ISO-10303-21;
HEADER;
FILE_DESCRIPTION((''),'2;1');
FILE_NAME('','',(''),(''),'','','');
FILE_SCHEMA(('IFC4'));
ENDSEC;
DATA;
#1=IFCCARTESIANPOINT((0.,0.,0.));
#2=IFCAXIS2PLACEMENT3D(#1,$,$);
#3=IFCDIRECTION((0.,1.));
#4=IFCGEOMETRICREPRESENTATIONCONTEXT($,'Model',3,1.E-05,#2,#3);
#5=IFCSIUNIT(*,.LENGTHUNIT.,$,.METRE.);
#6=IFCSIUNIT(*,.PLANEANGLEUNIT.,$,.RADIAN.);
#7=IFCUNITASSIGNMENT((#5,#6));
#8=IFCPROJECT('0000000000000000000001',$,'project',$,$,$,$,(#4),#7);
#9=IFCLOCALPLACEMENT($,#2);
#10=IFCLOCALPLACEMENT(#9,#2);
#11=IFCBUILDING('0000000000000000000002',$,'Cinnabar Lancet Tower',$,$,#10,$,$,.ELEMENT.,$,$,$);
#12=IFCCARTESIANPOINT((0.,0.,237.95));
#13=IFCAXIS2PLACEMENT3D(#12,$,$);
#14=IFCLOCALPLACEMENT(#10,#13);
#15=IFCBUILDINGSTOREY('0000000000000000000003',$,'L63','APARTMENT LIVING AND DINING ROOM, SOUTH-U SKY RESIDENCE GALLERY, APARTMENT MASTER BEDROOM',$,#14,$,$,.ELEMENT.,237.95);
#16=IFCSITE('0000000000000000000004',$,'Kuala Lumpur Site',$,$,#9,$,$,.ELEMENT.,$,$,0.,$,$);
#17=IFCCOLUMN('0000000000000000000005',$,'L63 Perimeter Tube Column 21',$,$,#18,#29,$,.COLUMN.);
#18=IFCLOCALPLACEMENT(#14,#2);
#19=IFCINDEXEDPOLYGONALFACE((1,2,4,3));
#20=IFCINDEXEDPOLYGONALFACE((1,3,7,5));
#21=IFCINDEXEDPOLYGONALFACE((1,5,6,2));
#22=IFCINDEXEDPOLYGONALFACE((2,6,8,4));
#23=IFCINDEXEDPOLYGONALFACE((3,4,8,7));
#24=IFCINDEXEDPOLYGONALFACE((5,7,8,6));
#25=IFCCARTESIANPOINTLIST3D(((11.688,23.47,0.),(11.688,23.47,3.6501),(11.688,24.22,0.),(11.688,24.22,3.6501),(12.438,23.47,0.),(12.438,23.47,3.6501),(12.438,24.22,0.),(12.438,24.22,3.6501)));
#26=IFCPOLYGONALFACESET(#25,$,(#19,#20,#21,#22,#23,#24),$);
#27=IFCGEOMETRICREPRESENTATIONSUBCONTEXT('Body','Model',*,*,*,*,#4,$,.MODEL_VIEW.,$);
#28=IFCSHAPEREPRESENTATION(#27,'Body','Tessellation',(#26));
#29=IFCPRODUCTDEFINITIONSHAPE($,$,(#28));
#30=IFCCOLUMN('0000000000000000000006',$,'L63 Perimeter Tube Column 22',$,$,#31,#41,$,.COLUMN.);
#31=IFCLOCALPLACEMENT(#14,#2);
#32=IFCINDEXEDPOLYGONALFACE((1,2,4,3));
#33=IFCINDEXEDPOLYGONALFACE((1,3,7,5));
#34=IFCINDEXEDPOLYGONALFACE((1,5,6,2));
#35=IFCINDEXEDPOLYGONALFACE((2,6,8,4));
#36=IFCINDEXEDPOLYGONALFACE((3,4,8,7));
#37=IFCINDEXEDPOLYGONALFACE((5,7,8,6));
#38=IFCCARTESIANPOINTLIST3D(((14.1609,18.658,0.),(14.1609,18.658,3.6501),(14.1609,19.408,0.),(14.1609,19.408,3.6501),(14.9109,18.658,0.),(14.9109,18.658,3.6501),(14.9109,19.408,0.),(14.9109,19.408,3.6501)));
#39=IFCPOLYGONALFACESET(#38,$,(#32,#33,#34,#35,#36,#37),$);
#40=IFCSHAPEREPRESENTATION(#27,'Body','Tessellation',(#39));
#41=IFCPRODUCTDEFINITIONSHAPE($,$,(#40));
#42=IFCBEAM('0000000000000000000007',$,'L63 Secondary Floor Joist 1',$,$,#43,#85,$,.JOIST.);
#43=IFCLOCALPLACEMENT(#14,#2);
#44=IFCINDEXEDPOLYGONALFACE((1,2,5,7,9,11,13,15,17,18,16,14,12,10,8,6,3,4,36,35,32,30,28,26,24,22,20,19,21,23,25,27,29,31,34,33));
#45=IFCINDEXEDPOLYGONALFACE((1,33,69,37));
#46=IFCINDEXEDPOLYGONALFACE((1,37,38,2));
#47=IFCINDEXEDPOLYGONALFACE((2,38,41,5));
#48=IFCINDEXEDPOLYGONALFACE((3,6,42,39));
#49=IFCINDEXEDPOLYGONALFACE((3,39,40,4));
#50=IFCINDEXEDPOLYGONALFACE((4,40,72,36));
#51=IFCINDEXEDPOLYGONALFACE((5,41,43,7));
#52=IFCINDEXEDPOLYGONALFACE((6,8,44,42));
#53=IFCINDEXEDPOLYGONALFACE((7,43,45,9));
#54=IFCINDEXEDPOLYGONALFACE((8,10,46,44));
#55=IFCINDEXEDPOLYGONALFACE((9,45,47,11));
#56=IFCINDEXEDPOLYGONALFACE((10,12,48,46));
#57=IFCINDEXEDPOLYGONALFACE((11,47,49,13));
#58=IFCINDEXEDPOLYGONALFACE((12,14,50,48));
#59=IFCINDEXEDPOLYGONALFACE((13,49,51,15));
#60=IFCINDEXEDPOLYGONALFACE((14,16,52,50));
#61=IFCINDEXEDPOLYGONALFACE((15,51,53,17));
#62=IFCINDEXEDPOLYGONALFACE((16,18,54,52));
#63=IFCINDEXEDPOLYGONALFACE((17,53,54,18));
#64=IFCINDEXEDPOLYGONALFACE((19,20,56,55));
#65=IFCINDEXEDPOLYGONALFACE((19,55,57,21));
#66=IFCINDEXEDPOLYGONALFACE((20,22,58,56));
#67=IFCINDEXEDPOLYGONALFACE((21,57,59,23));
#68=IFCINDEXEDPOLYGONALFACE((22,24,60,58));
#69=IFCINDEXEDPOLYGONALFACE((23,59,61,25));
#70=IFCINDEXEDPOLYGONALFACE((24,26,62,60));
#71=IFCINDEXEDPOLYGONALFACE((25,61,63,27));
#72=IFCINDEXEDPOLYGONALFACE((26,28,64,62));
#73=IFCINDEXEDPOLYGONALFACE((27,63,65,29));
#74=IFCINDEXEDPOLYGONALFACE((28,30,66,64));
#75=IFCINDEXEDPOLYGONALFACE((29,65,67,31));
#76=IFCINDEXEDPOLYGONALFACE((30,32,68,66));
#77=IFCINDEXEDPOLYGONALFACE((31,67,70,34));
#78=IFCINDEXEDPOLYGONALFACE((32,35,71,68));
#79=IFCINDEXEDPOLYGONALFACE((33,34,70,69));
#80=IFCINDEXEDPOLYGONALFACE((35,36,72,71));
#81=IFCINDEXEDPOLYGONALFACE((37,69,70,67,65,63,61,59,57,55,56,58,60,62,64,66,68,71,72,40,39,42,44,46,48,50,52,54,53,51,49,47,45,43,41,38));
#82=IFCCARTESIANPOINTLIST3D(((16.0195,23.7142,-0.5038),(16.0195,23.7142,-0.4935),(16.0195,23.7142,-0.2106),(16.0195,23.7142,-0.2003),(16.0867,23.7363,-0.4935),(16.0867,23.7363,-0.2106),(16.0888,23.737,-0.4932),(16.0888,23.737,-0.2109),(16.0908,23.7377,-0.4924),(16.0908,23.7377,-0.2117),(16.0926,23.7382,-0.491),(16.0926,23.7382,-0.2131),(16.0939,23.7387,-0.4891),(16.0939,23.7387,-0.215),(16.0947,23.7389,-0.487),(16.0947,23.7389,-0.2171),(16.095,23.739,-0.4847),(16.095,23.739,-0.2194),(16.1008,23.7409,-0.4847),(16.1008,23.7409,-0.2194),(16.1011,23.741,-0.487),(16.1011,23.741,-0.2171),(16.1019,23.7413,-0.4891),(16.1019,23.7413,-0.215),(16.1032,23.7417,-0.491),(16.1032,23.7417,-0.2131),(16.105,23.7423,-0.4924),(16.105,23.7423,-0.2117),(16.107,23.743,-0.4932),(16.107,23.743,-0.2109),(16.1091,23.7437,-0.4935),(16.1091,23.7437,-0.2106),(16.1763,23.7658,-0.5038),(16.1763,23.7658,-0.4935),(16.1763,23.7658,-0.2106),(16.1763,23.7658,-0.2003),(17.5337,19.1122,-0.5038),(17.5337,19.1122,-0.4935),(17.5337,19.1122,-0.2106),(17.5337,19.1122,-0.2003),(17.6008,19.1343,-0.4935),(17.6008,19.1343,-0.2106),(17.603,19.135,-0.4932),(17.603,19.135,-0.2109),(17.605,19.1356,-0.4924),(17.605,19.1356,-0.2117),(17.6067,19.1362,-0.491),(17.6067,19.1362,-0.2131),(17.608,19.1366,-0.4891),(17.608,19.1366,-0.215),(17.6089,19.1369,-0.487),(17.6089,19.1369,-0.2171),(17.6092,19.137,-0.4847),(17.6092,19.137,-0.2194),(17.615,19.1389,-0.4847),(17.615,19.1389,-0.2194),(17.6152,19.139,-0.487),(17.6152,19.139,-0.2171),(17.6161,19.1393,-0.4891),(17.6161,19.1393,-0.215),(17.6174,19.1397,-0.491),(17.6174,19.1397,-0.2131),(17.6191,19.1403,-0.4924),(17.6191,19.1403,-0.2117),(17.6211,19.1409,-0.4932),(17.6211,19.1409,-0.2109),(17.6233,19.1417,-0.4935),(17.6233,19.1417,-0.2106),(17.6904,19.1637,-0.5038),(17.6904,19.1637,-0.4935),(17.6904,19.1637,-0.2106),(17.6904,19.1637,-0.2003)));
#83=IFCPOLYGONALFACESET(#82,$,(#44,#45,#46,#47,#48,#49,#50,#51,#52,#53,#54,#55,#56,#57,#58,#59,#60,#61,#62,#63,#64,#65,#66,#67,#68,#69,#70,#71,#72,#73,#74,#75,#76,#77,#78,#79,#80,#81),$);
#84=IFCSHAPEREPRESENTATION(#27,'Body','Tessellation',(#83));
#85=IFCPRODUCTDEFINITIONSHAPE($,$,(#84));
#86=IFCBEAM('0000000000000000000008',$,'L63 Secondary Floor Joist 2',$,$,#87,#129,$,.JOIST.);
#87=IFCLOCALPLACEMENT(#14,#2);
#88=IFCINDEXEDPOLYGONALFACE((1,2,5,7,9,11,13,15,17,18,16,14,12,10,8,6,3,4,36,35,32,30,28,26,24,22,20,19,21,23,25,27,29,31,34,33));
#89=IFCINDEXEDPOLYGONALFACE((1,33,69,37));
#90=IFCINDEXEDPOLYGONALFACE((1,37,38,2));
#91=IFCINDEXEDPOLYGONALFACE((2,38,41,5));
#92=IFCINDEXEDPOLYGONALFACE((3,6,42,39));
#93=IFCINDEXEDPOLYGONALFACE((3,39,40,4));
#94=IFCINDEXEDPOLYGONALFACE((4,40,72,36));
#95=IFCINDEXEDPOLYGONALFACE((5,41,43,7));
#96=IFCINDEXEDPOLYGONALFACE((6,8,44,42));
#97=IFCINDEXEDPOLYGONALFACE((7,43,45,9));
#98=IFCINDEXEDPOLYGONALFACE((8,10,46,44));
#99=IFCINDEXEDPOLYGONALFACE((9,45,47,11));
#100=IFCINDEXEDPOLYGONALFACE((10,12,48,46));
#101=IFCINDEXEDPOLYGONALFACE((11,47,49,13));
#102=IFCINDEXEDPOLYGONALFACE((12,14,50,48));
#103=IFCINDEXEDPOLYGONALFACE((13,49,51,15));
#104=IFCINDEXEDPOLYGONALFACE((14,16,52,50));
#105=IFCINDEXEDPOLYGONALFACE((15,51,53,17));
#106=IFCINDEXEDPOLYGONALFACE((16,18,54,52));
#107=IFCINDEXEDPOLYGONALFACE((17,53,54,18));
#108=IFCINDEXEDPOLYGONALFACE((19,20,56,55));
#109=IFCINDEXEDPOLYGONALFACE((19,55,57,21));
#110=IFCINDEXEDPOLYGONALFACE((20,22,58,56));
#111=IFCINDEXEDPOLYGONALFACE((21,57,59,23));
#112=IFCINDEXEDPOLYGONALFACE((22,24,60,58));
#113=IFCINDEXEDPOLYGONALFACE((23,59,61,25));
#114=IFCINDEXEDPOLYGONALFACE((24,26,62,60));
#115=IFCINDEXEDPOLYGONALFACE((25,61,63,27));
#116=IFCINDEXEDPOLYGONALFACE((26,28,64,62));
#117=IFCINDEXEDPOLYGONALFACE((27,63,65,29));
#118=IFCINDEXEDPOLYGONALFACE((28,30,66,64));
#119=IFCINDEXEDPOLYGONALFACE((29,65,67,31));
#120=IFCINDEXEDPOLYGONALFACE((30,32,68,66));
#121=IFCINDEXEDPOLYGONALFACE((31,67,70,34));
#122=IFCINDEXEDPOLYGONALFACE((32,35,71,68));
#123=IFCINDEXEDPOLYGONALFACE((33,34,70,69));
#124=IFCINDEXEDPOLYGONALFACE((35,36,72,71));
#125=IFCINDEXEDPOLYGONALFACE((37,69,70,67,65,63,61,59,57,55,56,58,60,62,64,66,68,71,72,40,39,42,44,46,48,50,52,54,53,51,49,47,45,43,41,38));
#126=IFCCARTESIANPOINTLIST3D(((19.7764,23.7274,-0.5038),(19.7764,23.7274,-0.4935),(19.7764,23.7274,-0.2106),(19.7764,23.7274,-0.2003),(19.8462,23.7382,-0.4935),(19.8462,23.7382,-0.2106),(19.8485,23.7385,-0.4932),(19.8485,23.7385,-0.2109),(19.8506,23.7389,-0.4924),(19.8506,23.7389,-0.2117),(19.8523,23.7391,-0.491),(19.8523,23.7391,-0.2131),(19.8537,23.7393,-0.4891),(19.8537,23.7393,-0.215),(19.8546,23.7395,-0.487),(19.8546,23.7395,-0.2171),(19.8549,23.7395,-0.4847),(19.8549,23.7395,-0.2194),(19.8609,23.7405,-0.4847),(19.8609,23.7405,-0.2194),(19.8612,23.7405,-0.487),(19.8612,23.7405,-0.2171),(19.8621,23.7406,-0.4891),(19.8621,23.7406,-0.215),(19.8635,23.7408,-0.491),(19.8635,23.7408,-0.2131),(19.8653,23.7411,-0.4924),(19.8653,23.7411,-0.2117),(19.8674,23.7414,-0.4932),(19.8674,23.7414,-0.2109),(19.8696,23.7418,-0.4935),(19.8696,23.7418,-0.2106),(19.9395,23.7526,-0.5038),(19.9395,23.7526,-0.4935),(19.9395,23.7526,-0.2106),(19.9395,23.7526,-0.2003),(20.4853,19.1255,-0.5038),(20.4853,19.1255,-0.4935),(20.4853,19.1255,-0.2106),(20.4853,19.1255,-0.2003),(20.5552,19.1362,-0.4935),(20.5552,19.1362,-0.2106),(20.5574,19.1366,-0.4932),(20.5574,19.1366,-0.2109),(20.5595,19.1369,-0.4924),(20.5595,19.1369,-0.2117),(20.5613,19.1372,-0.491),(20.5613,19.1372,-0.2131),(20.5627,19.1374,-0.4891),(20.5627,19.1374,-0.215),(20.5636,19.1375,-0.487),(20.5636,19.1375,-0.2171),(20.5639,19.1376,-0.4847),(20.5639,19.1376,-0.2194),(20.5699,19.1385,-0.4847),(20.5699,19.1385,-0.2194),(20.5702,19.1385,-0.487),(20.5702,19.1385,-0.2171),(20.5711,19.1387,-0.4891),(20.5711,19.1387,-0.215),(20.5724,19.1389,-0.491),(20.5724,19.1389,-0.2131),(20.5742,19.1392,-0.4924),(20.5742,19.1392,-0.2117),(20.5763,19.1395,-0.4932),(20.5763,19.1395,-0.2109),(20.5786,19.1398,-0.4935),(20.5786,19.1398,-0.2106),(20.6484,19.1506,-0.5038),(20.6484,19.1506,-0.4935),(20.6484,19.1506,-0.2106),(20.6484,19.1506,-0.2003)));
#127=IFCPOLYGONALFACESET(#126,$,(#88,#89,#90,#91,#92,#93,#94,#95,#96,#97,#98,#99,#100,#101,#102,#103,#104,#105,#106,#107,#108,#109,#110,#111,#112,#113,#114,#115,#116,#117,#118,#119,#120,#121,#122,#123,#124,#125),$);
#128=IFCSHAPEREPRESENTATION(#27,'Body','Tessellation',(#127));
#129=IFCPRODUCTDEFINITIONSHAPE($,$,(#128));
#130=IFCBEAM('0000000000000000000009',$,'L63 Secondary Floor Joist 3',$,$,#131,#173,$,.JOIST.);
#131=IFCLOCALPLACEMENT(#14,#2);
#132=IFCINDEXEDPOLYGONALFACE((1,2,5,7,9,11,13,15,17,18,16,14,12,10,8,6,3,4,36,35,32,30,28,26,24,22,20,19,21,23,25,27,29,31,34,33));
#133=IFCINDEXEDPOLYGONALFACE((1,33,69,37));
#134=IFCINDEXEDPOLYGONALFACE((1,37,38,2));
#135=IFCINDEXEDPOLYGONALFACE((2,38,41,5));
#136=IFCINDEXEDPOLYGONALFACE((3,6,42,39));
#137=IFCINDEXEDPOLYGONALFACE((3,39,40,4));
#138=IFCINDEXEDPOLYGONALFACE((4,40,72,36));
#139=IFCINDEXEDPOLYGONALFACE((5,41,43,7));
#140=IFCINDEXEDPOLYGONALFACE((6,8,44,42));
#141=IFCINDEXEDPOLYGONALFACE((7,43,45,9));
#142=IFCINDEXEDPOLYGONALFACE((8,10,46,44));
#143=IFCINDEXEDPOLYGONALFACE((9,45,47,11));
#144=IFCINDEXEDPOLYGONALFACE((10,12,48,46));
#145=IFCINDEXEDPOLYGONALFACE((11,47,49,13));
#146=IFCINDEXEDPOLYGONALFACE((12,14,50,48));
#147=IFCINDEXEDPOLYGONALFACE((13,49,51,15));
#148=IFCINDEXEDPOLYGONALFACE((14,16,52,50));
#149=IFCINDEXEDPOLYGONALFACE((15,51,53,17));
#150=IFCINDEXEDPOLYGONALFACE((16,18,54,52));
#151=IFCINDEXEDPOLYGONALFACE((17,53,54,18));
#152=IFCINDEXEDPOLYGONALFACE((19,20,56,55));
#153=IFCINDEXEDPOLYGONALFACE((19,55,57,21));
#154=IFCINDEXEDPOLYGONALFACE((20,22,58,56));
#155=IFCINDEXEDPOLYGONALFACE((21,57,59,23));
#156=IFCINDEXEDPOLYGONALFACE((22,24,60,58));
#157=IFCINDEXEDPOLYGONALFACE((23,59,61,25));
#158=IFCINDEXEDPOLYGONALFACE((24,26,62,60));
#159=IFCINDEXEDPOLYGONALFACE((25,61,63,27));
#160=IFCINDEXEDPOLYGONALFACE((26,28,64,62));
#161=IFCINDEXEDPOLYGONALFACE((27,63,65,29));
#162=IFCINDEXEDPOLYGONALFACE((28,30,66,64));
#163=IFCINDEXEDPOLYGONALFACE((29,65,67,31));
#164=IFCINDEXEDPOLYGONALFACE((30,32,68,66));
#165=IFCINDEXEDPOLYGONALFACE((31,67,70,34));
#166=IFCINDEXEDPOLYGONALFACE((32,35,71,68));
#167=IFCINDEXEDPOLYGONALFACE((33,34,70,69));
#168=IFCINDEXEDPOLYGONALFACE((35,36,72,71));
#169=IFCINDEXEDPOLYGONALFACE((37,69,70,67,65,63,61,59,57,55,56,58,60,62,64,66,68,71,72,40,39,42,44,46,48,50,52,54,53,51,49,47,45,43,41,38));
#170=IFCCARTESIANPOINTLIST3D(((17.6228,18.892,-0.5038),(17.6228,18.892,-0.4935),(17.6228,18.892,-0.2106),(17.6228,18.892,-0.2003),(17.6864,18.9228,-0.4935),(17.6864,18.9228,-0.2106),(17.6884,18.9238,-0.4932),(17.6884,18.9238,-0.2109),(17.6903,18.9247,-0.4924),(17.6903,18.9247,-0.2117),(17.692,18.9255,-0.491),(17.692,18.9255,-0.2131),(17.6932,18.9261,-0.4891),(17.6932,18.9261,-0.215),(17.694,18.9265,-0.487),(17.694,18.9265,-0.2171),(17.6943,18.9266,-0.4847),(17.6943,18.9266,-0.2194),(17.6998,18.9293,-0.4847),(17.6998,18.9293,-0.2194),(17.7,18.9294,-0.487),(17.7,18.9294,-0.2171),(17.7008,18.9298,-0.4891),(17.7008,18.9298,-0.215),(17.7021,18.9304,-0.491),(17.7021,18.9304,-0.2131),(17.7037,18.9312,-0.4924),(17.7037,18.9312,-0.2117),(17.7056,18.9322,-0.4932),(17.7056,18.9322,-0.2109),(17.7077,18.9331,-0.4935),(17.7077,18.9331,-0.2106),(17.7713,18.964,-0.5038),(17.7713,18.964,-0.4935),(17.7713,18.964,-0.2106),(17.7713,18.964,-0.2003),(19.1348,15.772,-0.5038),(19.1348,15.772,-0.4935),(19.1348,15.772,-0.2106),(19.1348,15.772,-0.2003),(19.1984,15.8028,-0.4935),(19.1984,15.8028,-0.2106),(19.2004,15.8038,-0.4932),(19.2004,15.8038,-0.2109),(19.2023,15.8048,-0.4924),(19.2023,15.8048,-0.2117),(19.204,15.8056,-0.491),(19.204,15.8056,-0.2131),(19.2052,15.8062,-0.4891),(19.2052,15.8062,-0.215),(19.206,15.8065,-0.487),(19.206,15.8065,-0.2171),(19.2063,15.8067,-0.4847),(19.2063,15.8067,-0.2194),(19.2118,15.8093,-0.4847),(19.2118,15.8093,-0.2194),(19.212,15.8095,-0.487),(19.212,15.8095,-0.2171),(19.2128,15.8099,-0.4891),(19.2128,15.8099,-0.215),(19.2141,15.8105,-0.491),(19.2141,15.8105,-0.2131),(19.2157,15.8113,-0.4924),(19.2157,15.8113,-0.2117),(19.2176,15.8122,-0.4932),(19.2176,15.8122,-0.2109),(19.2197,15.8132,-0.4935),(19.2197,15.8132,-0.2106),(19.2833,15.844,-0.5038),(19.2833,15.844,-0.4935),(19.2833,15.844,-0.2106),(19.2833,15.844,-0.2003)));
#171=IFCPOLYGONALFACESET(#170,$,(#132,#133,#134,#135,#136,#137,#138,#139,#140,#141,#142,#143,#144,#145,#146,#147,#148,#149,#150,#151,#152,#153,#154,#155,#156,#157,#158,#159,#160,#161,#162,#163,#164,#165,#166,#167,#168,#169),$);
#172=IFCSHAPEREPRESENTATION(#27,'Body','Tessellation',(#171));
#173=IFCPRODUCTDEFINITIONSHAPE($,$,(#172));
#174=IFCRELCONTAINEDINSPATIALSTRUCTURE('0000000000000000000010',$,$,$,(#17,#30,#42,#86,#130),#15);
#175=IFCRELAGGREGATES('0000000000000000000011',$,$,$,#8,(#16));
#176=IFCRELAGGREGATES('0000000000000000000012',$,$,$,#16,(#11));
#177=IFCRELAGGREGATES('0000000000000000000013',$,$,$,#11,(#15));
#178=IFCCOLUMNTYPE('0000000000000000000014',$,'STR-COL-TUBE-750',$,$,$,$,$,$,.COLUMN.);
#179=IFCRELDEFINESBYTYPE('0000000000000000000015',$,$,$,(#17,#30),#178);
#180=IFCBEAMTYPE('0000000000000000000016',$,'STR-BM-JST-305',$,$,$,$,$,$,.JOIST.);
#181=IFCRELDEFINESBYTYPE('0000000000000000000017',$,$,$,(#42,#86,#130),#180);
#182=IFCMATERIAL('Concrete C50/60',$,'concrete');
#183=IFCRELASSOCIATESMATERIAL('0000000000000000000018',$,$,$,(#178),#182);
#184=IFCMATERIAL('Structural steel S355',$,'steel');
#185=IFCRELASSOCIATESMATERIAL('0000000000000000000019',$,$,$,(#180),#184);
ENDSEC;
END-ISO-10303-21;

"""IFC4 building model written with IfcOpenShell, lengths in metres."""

from ifc_helpers import new_model, si_unit, direction, frame, origin, origin_2d, place, context, subcontext, project, spatial, rectangle, i_section, extrude, material, material_profile, profile_set, type_object, element, save


model = new_model("IFC4")

# Units and contexts
model_context = context("Model", 3, precision=1e-05, world=origin(), true_north=direction((0.0, 1.0)))
body_context = subcontext(model_context, "Body", "Model", "MODEL_VIEW")
ifc_project = project(units=[si_unit("LENGTHUNIT", "METRE"), si_unit("PLANEANGLEUNIT", "RADIAN")], contexts=[model_context])

# Site, building, storey
site_placement = place(None, origin())
site = spatial("IfcSite", under=ifc_project, at=site_placement, Name="Kuala Lumpur Site", CompositionType="ELEMENT", RefElevation=0.0)
building_placement = place(site_placement, origin())
building = spatial("IfcBuilding", under=site, at=building_placement, Name="Cinnabar Lancet Tower", CompositionType="ELEMENT")
storey_placement = place(building_placement, frame((0.0, 0.0, 237.95)))
storey = spatial("IfcBuildingStorey", under=building, at=storey_placement, Name="L63", Description="APARTMENT LIVING AND DINING ROOM, SOUTH-U SKY RESIDENCE GALLERY, APARTMENT MASTER BEDROOM", CompositionType="ELEMENT", Elevation=237.95)

# Columns
ifc_material_1 = material(Name="Concrete C50/60", Category="concrete")
ifc_material_profile_1 = material_profile(ifc_material_1, rectangle(XDim=0.75, YDim=0.75, at=origin_2d()), Name="RC-COL 750x750")
ifc_profile_set_1 = profile_set([ifc_material_profile_1], Name="Concrete C50/60")
column_type = type_object("IfcColumnType", Name="STR-COL-TUBE-750", PredefinedType="COLUMN", material=ifc_profile_set_1)
for number, where, z_axis, x_axis, name in (
    (1, (12.063, 23.845, 0.0), (0.0, 0.0, 1.0), (1.0, 0.0, 0.0), "L63 Perimeter Tube Column 21"),
    (2, (14.5359, 19.033, 0.0), (0.0, 0.0, 1.0), (1.0, 0.0, 0.0), "L63 Perimeter Tube Column 22"),
):
    element("IfcColumn", number, at=place(storey_placement, frame(where, z_axis=z_axis, x_axis=x_axis)), inside=storey, type_object=column_type, Name=name, PredefinedType="COLUMN", context=body_context, shape_type="SweptSolid", body=[
        extrude(rectangle(XDim=0.75, YDim=0.75, at=origin_2d()), origin(), (0.0, 0.0, 1.0), 3.6501),
    ])

# Beams
ifc_material_2 = material(Name="Structural steel S355", Category="steel")
ifc_material_profile_2 = material_profile(ifc_material_2, i_section(OverallWidth=0.165, OverallDepth=0.3035, WebThickness=0.0061, FlangeThickness=0.0103, FilletRadius=0.0088, at=origin_2d()), Name="UKB 305x165x40")
ifc_profile_set_2 = profile_set([ifc_material_profile_2], Name="Structural steel S355")
beam_type_1 = type_object("IfcBeamType", Name="STR-BM-JST-305", PredefinedType="JOIST", material=ifc_profile_set_2)
beam_1_placement = place(storey_placement, frame((16.0979, 23.74, -0.3521), z_axis=(0.312537, -0.949906, 0.0), x_axis=(0.949906, 0.312537, 0.0)))
element("IfcBeam", 3, at=beam_1_placement, inside=storey, type_object=beam_type_1, Name="L63 Secondary Floor Joist 1", PredefinedType="JOIST", context=body_context, shape_type="SweptSolid", body=[
    extrude(i_section(OverallWidth=0.165, OverallDepth=0.3035, WebThickness=0.0061, FlangeThickness=0.0103, FilletRadius=0.0088, at=origin_2d()), origin(), (0.0, 0.0, 1.0), 4.8447),
])
beam_2_placement = place(storey_placement, frame((19.8579, 23.74, -0.3521), z_axis=(0.152262, -0.98834, 0.0), x_axis=(0.98834, 0.152262, 0.0)))
element("IfcBeam", 4, at=beam_2_placement, inside=storey, type_object=beam_type_1, Name="L63 Secondary Floor Joist 2", PredefinedType="JOIST", context=body_context, shape_type="SweptSolid", body=[
    extrude(i_section(OverallWidth=0.165, OverallDepth=0.3035, WebThickness=0.0061, FlangeThickness=0.0103, FilletRadius=0.0088, at=origin_2d()), origin(), (0.0, 0.0, 1.0), 4.6562),
])
beam_3_placement = place(storey_placement, frame((17.697, 18.928, -0.3521), z_axis=(0.436109, -0.899894, 0.0), x_axis=(0.899894, 0.436109, 0.0)))
element("IfcBeam", 5, at=beam_3_placement, inside=storey, type_object=beam_type_1, Name="L63 Secondary Floor Joist 3", PredefinedType="JOIST", context=body_context, shape_type="SweptSolid", body=[
    extrude(i_section(OverallWidth=0.165, OverallDepth=0.3035, WebThickness=0.0061, FlangeThickness=0.0103, FilletRadius=0.0088, at=origin_2d()), origin(), (0.0, 0.0, 1.0), 3.467),
])

save(model, "model.ifc")
